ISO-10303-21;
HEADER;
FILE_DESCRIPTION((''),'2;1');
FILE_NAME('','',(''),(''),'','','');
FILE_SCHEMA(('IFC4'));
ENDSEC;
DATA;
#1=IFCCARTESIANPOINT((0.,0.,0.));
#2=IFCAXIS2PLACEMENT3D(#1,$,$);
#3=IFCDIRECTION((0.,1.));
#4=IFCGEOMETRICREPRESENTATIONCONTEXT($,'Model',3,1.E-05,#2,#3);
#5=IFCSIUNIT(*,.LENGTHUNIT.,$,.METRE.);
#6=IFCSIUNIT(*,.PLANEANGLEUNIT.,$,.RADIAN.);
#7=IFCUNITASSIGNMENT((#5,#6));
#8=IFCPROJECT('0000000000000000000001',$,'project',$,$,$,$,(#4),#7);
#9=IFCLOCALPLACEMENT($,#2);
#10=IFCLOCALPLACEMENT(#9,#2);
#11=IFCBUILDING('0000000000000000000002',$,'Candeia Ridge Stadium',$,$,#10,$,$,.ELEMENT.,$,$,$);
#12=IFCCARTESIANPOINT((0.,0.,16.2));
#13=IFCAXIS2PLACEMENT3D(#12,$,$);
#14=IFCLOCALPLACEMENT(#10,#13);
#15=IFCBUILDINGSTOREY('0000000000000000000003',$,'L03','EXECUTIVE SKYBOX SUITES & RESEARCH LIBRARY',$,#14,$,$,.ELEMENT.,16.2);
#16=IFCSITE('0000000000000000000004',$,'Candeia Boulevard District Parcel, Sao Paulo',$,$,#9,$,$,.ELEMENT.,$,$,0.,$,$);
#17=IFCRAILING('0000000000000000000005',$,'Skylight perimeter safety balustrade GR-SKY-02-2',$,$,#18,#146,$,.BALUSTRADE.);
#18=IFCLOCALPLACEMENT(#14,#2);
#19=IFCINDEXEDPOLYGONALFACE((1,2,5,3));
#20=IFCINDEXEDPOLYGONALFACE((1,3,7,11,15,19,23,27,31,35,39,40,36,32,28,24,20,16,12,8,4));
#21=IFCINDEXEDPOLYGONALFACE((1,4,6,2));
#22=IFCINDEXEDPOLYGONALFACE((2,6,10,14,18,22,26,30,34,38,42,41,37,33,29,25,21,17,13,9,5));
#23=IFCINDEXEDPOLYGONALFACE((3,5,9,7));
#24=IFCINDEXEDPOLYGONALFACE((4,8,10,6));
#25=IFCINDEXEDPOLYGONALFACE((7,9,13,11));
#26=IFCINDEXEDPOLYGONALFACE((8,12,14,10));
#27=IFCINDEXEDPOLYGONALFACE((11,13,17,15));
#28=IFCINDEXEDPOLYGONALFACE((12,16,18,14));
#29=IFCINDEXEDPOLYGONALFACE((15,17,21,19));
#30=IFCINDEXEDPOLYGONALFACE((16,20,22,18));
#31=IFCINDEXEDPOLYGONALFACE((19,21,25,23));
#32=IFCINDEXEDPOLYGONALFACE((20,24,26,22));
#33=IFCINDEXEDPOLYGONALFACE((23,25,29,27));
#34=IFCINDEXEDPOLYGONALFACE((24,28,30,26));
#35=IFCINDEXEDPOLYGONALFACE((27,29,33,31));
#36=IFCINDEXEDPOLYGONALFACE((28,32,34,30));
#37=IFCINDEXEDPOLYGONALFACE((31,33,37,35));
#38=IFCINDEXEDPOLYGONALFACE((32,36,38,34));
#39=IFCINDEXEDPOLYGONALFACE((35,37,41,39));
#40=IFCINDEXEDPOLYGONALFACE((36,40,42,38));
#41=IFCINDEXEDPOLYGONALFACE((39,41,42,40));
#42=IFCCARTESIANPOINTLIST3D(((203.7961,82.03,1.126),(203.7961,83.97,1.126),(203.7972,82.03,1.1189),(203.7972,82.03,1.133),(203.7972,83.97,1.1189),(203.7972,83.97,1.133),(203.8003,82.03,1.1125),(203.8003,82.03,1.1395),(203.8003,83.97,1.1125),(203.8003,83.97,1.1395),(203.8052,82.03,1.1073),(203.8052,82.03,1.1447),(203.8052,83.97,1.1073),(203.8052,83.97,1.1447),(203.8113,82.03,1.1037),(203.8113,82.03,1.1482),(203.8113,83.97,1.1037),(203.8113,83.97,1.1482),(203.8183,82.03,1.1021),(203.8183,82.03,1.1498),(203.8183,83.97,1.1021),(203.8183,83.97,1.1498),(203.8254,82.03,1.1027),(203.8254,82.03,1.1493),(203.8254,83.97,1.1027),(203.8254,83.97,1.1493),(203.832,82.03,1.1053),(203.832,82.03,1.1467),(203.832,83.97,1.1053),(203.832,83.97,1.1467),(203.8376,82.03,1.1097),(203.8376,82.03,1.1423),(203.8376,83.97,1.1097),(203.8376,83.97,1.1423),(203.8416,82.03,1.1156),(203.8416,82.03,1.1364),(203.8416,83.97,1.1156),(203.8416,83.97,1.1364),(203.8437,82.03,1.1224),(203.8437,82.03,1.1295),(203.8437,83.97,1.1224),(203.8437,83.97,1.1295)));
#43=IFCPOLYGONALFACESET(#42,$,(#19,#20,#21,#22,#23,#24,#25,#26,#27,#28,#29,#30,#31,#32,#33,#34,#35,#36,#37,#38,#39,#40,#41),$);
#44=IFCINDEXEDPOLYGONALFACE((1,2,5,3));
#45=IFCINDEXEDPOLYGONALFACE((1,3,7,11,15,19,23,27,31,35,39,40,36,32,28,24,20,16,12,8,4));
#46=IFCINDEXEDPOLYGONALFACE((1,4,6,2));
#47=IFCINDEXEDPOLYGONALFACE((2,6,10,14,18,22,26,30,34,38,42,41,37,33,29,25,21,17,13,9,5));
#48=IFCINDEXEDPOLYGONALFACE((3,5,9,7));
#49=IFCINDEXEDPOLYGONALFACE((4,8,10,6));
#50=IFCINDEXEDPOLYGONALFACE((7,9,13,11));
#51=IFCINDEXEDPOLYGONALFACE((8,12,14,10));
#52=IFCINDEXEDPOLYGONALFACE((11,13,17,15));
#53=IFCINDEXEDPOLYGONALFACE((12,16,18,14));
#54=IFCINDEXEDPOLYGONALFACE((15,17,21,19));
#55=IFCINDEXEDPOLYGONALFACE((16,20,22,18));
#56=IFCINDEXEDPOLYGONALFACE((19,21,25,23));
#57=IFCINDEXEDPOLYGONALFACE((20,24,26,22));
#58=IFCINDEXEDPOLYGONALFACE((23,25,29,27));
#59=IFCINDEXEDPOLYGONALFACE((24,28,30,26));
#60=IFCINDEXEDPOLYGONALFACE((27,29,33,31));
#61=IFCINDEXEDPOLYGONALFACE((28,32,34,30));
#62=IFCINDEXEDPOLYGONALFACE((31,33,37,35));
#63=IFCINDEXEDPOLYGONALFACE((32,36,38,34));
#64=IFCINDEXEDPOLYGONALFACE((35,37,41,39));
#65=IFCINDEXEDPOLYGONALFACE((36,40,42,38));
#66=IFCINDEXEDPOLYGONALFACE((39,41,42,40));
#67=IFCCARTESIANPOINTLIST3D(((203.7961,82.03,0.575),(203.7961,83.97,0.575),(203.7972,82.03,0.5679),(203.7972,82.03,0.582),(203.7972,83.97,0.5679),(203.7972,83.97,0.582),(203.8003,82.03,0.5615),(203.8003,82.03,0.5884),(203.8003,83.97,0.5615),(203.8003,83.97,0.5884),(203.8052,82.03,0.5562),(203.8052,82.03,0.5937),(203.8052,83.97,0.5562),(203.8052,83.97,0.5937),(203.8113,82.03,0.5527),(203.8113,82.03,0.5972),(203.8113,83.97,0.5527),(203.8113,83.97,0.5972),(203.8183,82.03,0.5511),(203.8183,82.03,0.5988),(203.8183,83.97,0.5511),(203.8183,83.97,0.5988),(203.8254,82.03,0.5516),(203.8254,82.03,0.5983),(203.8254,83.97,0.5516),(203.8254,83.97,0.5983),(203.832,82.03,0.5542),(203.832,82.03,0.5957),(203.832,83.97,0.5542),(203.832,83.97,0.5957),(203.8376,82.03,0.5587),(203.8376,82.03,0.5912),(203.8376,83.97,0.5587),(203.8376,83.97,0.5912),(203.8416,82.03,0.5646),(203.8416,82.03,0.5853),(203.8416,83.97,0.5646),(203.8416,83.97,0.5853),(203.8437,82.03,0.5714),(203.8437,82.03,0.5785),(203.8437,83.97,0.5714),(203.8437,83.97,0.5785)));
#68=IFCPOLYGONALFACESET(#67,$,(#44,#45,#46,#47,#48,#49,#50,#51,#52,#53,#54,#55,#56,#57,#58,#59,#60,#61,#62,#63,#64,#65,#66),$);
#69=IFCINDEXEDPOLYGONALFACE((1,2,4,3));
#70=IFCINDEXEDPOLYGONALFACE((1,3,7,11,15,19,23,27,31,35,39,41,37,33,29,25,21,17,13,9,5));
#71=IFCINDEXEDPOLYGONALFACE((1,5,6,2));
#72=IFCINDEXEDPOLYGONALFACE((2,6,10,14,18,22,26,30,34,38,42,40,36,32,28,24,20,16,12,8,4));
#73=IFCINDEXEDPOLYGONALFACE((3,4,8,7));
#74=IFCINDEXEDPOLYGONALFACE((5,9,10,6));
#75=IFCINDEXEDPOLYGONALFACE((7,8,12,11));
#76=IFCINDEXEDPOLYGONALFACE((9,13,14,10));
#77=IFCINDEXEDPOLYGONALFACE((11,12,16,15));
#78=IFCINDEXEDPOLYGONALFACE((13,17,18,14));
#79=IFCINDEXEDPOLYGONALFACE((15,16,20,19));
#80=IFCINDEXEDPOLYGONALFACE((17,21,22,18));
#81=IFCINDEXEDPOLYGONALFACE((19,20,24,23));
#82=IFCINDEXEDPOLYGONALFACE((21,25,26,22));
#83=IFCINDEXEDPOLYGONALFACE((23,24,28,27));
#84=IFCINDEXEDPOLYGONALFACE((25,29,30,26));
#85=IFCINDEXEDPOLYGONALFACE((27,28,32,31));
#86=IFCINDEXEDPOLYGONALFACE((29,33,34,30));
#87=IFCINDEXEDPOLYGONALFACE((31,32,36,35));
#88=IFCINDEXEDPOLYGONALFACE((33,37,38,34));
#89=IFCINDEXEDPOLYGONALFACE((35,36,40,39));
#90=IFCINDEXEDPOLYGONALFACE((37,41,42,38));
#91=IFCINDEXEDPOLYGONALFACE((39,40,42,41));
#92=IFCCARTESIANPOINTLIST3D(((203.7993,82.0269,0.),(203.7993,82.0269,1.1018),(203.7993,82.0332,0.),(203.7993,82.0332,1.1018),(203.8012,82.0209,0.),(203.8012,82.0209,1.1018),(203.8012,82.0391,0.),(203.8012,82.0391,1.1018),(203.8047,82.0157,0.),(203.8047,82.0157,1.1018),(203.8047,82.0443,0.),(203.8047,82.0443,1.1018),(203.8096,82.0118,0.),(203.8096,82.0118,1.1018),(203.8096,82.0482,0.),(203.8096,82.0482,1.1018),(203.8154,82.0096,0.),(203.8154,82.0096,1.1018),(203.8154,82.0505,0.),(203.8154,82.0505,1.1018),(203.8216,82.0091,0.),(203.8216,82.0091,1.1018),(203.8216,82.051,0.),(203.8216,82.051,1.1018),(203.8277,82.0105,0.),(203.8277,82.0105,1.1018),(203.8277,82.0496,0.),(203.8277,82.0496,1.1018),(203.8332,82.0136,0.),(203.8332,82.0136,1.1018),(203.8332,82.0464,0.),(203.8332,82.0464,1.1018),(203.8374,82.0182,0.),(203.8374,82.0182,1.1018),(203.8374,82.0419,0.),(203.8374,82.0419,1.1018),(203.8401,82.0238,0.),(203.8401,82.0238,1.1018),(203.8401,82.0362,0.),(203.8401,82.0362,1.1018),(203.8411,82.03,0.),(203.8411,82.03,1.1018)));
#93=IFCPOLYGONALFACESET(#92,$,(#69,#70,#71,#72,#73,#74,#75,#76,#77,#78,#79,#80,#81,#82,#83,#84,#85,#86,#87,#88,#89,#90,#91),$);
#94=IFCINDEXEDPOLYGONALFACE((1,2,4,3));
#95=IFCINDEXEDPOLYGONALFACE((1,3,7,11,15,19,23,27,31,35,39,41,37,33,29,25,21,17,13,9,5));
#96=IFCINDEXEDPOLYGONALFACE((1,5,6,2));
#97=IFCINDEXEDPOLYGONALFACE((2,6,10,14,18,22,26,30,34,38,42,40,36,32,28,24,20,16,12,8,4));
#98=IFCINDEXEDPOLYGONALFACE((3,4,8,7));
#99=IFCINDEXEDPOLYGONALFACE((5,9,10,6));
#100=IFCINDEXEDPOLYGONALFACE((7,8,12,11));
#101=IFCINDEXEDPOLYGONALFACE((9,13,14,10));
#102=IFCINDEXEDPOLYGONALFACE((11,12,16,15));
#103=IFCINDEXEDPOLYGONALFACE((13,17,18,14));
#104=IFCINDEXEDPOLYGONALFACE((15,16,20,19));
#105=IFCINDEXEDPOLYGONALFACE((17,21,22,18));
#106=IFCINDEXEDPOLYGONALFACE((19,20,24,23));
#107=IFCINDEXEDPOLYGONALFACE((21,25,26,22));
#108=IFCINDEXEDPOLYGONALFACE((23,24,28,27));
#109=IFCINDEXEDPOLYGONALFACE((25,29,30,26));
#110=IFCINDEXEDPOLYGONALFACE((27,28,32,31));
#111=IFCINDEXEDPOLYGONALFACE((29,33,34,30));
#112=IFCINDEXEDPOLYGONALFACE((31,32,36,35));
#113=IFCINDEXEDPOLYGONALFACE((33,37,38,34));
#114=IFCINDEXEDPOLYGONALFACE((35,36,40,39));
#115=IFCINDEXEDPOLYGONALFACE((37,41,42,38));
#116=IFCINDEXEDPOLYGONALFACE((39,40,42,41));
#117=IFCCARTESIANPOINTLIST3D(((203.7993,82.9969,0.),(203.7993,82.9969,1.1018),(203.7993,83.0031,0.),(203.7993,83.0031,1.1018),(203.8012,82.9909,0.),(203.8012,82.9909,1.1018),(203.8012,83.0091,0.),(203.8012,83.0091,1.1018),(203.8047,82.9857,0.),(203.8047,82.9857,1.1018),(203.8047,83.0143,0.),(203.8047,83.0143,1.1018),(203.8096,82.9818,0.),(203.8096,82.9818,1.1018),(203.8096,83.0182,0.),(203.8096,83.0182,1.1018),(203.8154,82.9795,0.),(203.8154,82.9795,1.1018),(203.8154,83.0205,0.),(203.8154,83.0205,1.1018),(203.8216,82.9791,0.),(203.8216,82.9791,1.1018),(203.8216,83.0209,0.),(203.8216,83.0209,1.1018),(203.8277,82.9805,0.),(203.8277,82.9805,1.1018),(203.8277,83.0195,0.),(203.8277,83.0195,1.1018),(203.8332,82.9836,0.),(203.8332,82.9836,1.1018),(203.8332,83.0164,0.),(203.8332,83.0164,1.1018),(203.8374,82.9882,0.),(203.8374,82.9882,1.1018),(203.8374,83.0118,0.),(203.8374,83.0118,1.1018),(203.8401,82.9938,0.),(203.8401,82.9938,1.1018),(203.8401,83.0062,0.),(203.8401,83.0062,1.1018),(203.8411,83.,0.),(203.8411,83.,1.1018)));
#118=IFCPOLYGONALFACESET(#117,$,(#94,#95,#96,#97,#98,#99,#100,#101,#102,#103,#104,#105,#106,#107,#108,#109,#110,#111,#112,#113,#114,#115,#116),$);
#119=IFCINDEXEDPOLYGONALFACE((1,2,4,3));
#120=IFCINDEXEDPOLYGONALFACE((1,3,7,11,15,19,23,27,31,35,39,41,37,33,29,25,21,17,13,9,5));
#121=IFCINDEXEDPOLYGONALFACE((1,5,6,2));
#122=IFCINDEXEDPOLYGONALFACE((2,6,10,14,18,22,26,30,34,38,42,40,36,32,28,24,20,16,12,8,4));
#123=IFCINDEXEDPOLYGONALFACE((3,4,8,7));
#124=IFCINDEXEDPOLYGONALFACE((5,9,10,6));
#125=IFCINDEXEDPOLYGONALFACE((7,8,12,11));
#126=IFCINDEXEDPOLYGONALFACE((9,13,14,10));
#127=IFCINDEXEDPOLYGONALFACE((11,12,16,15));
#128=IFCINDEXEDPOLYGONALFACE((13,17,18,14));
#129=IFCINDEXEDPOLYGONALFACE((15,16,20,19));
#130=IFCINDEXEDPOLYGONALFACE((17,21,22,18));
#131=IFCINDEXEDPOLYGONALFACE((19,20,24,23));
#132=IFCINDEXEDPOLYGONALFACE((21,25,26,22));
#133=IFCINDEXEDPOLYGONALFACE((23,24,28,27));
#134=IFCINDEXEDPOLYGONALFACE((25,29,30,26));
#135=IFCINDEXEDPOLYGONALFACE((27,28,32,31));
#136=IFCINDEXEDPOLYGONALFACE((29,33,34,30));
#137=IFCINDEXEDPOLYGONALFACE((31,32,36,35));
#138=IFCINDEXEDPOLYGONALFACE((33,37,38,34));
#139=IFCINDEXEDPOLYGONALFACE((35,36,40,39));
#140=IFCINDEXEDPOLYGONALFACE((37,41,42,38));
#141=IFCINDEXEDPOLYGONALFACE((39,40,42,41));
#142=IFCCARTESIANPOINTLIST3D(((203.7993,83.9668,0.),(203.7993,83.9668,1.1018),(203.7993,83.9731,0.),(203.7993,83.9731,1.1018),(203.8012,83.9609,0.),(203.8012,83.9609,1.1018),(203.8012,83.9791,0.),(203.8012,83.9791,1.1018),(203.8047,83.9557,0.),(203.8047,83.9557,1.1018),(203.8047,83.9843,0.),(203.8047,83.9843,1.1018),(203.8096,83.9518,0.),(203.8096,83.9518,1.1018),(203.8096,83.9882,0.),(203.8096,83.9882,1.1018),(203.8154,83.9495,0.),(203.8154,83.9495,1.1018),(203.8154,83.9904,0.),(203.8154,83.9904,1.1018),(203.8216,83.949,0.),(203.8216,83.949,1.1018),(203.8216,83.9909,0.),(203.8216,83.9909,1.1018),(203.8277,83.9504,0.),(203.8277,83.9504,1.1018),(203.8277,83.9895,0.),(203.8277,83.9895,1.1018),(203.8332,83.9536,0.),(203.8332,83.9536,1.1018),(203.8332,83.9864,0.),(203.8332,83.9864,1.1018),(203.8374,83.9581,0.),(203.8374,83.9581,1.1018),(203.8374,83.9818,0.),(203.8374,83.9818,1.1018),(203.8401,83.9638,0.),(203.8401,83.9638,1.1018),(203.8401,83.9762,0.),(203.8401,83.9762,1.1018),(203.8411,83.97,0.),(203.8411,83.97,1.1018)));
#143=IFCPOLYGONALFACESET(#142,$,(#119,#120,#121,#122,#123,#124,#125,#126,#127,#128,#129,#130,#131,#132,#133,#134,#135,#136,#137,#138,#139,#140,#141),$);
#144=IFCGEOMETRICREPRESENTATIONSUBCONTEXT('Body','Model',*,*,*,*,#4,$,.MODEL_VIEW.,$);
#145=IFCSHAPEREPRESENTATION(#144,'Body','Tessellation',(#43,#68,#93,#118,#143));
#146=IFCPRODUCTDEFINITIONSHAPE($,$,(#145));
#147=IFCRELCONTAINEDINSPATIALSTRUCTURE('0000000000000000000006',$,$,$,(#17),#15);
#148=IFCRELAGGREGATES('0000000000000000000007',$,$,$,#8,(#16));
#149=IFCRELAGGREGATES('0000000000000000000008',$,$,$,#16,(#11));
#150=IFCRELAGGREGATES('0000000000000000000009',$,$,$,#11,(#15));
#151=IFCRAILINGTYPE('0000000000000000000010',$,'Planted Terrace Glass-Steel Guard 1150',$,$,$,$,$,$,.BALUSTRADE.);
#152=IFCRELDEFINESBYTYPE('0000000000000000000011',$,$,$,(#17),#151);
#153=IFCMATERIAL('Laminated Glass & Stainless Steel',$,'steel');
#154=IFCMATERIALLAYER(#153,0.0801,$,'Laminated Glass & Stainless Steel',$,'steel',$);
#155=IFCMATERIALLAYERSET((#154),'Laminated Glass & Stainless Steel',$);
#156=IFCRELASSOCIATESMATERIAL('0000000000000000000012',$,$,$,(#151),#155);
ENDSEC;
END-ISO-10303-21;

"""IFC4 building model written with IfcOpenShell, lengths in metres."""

from ifc_helpers import new_model, si_unit, direction, frame, origin, origin_2d, place, context, subcontext, project, spatial, circle, extrude, material, layer, layer_set, type_object, element, save


model = new_model("IFC4")

# Units and contexts
model_context = context("Model", 3, precision=1e-05, world=origin(), true_north=direction((0.0, 1.0)))
body_context = subcontext(model_context, "Body", "Model", "MODEL_VIEW")
ifc_project = project(units=[si_unit("LENGTHUNIT", "METRE"), si_unit("PLANEANGLEUNIT", "RADIAN")], contexts=[model_context])

# Site, building, storey
site_placement = place(None, origin())
site = spatial("IfcSite", under=ifc_project, at=site_placement, Name="Candeia Boulevard District Parcel, Sao Paulo", CompositionType="ELEMENT", RefElevation=0.0)
building_placement = place(site_placement, origin())
building = spatial("IfcBuilding", under=site, at=building_placement, Name="Candeia Ridge Stadium", CompositionType="ELEMENT")
storey_placement = place(building_placement, frame((0.0, 0.0, 16.2)))
storey = spatial("IfcBuildingStorey", under=building, at=storey_placement, Name="L03", Description="EXECUTIVE SKYBOX SUITES & RESEARCH LIBRARY", CompositionType="ELEMENT", Elevation=16.2)

# Railing
ifc_material_1 = material(Name="Laminated Glass & Stainless Steel", Category="steel")
ifc_layer_1 = layer(ifc_material_1, 0.0801, Name="Laminated Glass & Stainless Steel", Category="steel")
ifc_layer_set_1 = layer_set([ifc_layer_1], Name="Laminated Glass & Stainless Steel")
railing_type = type_object("IfcRailingType", Name="Planted Terrace Glass-Steel Guard 1150", PredefinedType="BALUSTRADE", material=ifc_layer_set_1)
railing_1_placement = place(storey_placement, frame((203.8201, 82.03, 0.0)))
element("IfcRailing", 1, at=railing_1_placement, inside=storey, type_object=railing_type, Name="Skylight perimeter safety balustrade GR-SKY-02-2", PredefinedType="BALUSTRADE", context=body_context, shape_type="SweptSolid", body=[
    extrude(circle(Radius=0.0239, at=origin_2d()), frame((0.0, 0.0, 1.126), z_axis=(0.0, 1.0, 0.0), x_axis=(-1.0, 0.0, 0.0)), (0.0, 0.0, 1.0), 1.9399),
    extrude(circle(Radius=0.0239, at=origin_2d()), frame((0.0, 0.0, 0.575), z_axis=(0.0, 1.0, 0.0), x_axis=(-1.0, 0.0, 0.0)), (0.0, 0.0, 1.0), 1.9399),
    extrude(circle(Radius=0.021, at=origin_2d()), origin(), (0.0, 0.0, 1.0), 1.1018),
    extrude(circle(Radius=0.021, at=origin_2d()), frame((0.0, 0.97, 0.0)), (0.0, 0.0, 1.0), 1.1018),
    extrude(circle(Radius=0.021, at=origin_2d()), frame((0.0, 1.9399, 0.0)), (0.0, 0.0, 1.0), 1.1018),
])

save(model, "model.ifc")
